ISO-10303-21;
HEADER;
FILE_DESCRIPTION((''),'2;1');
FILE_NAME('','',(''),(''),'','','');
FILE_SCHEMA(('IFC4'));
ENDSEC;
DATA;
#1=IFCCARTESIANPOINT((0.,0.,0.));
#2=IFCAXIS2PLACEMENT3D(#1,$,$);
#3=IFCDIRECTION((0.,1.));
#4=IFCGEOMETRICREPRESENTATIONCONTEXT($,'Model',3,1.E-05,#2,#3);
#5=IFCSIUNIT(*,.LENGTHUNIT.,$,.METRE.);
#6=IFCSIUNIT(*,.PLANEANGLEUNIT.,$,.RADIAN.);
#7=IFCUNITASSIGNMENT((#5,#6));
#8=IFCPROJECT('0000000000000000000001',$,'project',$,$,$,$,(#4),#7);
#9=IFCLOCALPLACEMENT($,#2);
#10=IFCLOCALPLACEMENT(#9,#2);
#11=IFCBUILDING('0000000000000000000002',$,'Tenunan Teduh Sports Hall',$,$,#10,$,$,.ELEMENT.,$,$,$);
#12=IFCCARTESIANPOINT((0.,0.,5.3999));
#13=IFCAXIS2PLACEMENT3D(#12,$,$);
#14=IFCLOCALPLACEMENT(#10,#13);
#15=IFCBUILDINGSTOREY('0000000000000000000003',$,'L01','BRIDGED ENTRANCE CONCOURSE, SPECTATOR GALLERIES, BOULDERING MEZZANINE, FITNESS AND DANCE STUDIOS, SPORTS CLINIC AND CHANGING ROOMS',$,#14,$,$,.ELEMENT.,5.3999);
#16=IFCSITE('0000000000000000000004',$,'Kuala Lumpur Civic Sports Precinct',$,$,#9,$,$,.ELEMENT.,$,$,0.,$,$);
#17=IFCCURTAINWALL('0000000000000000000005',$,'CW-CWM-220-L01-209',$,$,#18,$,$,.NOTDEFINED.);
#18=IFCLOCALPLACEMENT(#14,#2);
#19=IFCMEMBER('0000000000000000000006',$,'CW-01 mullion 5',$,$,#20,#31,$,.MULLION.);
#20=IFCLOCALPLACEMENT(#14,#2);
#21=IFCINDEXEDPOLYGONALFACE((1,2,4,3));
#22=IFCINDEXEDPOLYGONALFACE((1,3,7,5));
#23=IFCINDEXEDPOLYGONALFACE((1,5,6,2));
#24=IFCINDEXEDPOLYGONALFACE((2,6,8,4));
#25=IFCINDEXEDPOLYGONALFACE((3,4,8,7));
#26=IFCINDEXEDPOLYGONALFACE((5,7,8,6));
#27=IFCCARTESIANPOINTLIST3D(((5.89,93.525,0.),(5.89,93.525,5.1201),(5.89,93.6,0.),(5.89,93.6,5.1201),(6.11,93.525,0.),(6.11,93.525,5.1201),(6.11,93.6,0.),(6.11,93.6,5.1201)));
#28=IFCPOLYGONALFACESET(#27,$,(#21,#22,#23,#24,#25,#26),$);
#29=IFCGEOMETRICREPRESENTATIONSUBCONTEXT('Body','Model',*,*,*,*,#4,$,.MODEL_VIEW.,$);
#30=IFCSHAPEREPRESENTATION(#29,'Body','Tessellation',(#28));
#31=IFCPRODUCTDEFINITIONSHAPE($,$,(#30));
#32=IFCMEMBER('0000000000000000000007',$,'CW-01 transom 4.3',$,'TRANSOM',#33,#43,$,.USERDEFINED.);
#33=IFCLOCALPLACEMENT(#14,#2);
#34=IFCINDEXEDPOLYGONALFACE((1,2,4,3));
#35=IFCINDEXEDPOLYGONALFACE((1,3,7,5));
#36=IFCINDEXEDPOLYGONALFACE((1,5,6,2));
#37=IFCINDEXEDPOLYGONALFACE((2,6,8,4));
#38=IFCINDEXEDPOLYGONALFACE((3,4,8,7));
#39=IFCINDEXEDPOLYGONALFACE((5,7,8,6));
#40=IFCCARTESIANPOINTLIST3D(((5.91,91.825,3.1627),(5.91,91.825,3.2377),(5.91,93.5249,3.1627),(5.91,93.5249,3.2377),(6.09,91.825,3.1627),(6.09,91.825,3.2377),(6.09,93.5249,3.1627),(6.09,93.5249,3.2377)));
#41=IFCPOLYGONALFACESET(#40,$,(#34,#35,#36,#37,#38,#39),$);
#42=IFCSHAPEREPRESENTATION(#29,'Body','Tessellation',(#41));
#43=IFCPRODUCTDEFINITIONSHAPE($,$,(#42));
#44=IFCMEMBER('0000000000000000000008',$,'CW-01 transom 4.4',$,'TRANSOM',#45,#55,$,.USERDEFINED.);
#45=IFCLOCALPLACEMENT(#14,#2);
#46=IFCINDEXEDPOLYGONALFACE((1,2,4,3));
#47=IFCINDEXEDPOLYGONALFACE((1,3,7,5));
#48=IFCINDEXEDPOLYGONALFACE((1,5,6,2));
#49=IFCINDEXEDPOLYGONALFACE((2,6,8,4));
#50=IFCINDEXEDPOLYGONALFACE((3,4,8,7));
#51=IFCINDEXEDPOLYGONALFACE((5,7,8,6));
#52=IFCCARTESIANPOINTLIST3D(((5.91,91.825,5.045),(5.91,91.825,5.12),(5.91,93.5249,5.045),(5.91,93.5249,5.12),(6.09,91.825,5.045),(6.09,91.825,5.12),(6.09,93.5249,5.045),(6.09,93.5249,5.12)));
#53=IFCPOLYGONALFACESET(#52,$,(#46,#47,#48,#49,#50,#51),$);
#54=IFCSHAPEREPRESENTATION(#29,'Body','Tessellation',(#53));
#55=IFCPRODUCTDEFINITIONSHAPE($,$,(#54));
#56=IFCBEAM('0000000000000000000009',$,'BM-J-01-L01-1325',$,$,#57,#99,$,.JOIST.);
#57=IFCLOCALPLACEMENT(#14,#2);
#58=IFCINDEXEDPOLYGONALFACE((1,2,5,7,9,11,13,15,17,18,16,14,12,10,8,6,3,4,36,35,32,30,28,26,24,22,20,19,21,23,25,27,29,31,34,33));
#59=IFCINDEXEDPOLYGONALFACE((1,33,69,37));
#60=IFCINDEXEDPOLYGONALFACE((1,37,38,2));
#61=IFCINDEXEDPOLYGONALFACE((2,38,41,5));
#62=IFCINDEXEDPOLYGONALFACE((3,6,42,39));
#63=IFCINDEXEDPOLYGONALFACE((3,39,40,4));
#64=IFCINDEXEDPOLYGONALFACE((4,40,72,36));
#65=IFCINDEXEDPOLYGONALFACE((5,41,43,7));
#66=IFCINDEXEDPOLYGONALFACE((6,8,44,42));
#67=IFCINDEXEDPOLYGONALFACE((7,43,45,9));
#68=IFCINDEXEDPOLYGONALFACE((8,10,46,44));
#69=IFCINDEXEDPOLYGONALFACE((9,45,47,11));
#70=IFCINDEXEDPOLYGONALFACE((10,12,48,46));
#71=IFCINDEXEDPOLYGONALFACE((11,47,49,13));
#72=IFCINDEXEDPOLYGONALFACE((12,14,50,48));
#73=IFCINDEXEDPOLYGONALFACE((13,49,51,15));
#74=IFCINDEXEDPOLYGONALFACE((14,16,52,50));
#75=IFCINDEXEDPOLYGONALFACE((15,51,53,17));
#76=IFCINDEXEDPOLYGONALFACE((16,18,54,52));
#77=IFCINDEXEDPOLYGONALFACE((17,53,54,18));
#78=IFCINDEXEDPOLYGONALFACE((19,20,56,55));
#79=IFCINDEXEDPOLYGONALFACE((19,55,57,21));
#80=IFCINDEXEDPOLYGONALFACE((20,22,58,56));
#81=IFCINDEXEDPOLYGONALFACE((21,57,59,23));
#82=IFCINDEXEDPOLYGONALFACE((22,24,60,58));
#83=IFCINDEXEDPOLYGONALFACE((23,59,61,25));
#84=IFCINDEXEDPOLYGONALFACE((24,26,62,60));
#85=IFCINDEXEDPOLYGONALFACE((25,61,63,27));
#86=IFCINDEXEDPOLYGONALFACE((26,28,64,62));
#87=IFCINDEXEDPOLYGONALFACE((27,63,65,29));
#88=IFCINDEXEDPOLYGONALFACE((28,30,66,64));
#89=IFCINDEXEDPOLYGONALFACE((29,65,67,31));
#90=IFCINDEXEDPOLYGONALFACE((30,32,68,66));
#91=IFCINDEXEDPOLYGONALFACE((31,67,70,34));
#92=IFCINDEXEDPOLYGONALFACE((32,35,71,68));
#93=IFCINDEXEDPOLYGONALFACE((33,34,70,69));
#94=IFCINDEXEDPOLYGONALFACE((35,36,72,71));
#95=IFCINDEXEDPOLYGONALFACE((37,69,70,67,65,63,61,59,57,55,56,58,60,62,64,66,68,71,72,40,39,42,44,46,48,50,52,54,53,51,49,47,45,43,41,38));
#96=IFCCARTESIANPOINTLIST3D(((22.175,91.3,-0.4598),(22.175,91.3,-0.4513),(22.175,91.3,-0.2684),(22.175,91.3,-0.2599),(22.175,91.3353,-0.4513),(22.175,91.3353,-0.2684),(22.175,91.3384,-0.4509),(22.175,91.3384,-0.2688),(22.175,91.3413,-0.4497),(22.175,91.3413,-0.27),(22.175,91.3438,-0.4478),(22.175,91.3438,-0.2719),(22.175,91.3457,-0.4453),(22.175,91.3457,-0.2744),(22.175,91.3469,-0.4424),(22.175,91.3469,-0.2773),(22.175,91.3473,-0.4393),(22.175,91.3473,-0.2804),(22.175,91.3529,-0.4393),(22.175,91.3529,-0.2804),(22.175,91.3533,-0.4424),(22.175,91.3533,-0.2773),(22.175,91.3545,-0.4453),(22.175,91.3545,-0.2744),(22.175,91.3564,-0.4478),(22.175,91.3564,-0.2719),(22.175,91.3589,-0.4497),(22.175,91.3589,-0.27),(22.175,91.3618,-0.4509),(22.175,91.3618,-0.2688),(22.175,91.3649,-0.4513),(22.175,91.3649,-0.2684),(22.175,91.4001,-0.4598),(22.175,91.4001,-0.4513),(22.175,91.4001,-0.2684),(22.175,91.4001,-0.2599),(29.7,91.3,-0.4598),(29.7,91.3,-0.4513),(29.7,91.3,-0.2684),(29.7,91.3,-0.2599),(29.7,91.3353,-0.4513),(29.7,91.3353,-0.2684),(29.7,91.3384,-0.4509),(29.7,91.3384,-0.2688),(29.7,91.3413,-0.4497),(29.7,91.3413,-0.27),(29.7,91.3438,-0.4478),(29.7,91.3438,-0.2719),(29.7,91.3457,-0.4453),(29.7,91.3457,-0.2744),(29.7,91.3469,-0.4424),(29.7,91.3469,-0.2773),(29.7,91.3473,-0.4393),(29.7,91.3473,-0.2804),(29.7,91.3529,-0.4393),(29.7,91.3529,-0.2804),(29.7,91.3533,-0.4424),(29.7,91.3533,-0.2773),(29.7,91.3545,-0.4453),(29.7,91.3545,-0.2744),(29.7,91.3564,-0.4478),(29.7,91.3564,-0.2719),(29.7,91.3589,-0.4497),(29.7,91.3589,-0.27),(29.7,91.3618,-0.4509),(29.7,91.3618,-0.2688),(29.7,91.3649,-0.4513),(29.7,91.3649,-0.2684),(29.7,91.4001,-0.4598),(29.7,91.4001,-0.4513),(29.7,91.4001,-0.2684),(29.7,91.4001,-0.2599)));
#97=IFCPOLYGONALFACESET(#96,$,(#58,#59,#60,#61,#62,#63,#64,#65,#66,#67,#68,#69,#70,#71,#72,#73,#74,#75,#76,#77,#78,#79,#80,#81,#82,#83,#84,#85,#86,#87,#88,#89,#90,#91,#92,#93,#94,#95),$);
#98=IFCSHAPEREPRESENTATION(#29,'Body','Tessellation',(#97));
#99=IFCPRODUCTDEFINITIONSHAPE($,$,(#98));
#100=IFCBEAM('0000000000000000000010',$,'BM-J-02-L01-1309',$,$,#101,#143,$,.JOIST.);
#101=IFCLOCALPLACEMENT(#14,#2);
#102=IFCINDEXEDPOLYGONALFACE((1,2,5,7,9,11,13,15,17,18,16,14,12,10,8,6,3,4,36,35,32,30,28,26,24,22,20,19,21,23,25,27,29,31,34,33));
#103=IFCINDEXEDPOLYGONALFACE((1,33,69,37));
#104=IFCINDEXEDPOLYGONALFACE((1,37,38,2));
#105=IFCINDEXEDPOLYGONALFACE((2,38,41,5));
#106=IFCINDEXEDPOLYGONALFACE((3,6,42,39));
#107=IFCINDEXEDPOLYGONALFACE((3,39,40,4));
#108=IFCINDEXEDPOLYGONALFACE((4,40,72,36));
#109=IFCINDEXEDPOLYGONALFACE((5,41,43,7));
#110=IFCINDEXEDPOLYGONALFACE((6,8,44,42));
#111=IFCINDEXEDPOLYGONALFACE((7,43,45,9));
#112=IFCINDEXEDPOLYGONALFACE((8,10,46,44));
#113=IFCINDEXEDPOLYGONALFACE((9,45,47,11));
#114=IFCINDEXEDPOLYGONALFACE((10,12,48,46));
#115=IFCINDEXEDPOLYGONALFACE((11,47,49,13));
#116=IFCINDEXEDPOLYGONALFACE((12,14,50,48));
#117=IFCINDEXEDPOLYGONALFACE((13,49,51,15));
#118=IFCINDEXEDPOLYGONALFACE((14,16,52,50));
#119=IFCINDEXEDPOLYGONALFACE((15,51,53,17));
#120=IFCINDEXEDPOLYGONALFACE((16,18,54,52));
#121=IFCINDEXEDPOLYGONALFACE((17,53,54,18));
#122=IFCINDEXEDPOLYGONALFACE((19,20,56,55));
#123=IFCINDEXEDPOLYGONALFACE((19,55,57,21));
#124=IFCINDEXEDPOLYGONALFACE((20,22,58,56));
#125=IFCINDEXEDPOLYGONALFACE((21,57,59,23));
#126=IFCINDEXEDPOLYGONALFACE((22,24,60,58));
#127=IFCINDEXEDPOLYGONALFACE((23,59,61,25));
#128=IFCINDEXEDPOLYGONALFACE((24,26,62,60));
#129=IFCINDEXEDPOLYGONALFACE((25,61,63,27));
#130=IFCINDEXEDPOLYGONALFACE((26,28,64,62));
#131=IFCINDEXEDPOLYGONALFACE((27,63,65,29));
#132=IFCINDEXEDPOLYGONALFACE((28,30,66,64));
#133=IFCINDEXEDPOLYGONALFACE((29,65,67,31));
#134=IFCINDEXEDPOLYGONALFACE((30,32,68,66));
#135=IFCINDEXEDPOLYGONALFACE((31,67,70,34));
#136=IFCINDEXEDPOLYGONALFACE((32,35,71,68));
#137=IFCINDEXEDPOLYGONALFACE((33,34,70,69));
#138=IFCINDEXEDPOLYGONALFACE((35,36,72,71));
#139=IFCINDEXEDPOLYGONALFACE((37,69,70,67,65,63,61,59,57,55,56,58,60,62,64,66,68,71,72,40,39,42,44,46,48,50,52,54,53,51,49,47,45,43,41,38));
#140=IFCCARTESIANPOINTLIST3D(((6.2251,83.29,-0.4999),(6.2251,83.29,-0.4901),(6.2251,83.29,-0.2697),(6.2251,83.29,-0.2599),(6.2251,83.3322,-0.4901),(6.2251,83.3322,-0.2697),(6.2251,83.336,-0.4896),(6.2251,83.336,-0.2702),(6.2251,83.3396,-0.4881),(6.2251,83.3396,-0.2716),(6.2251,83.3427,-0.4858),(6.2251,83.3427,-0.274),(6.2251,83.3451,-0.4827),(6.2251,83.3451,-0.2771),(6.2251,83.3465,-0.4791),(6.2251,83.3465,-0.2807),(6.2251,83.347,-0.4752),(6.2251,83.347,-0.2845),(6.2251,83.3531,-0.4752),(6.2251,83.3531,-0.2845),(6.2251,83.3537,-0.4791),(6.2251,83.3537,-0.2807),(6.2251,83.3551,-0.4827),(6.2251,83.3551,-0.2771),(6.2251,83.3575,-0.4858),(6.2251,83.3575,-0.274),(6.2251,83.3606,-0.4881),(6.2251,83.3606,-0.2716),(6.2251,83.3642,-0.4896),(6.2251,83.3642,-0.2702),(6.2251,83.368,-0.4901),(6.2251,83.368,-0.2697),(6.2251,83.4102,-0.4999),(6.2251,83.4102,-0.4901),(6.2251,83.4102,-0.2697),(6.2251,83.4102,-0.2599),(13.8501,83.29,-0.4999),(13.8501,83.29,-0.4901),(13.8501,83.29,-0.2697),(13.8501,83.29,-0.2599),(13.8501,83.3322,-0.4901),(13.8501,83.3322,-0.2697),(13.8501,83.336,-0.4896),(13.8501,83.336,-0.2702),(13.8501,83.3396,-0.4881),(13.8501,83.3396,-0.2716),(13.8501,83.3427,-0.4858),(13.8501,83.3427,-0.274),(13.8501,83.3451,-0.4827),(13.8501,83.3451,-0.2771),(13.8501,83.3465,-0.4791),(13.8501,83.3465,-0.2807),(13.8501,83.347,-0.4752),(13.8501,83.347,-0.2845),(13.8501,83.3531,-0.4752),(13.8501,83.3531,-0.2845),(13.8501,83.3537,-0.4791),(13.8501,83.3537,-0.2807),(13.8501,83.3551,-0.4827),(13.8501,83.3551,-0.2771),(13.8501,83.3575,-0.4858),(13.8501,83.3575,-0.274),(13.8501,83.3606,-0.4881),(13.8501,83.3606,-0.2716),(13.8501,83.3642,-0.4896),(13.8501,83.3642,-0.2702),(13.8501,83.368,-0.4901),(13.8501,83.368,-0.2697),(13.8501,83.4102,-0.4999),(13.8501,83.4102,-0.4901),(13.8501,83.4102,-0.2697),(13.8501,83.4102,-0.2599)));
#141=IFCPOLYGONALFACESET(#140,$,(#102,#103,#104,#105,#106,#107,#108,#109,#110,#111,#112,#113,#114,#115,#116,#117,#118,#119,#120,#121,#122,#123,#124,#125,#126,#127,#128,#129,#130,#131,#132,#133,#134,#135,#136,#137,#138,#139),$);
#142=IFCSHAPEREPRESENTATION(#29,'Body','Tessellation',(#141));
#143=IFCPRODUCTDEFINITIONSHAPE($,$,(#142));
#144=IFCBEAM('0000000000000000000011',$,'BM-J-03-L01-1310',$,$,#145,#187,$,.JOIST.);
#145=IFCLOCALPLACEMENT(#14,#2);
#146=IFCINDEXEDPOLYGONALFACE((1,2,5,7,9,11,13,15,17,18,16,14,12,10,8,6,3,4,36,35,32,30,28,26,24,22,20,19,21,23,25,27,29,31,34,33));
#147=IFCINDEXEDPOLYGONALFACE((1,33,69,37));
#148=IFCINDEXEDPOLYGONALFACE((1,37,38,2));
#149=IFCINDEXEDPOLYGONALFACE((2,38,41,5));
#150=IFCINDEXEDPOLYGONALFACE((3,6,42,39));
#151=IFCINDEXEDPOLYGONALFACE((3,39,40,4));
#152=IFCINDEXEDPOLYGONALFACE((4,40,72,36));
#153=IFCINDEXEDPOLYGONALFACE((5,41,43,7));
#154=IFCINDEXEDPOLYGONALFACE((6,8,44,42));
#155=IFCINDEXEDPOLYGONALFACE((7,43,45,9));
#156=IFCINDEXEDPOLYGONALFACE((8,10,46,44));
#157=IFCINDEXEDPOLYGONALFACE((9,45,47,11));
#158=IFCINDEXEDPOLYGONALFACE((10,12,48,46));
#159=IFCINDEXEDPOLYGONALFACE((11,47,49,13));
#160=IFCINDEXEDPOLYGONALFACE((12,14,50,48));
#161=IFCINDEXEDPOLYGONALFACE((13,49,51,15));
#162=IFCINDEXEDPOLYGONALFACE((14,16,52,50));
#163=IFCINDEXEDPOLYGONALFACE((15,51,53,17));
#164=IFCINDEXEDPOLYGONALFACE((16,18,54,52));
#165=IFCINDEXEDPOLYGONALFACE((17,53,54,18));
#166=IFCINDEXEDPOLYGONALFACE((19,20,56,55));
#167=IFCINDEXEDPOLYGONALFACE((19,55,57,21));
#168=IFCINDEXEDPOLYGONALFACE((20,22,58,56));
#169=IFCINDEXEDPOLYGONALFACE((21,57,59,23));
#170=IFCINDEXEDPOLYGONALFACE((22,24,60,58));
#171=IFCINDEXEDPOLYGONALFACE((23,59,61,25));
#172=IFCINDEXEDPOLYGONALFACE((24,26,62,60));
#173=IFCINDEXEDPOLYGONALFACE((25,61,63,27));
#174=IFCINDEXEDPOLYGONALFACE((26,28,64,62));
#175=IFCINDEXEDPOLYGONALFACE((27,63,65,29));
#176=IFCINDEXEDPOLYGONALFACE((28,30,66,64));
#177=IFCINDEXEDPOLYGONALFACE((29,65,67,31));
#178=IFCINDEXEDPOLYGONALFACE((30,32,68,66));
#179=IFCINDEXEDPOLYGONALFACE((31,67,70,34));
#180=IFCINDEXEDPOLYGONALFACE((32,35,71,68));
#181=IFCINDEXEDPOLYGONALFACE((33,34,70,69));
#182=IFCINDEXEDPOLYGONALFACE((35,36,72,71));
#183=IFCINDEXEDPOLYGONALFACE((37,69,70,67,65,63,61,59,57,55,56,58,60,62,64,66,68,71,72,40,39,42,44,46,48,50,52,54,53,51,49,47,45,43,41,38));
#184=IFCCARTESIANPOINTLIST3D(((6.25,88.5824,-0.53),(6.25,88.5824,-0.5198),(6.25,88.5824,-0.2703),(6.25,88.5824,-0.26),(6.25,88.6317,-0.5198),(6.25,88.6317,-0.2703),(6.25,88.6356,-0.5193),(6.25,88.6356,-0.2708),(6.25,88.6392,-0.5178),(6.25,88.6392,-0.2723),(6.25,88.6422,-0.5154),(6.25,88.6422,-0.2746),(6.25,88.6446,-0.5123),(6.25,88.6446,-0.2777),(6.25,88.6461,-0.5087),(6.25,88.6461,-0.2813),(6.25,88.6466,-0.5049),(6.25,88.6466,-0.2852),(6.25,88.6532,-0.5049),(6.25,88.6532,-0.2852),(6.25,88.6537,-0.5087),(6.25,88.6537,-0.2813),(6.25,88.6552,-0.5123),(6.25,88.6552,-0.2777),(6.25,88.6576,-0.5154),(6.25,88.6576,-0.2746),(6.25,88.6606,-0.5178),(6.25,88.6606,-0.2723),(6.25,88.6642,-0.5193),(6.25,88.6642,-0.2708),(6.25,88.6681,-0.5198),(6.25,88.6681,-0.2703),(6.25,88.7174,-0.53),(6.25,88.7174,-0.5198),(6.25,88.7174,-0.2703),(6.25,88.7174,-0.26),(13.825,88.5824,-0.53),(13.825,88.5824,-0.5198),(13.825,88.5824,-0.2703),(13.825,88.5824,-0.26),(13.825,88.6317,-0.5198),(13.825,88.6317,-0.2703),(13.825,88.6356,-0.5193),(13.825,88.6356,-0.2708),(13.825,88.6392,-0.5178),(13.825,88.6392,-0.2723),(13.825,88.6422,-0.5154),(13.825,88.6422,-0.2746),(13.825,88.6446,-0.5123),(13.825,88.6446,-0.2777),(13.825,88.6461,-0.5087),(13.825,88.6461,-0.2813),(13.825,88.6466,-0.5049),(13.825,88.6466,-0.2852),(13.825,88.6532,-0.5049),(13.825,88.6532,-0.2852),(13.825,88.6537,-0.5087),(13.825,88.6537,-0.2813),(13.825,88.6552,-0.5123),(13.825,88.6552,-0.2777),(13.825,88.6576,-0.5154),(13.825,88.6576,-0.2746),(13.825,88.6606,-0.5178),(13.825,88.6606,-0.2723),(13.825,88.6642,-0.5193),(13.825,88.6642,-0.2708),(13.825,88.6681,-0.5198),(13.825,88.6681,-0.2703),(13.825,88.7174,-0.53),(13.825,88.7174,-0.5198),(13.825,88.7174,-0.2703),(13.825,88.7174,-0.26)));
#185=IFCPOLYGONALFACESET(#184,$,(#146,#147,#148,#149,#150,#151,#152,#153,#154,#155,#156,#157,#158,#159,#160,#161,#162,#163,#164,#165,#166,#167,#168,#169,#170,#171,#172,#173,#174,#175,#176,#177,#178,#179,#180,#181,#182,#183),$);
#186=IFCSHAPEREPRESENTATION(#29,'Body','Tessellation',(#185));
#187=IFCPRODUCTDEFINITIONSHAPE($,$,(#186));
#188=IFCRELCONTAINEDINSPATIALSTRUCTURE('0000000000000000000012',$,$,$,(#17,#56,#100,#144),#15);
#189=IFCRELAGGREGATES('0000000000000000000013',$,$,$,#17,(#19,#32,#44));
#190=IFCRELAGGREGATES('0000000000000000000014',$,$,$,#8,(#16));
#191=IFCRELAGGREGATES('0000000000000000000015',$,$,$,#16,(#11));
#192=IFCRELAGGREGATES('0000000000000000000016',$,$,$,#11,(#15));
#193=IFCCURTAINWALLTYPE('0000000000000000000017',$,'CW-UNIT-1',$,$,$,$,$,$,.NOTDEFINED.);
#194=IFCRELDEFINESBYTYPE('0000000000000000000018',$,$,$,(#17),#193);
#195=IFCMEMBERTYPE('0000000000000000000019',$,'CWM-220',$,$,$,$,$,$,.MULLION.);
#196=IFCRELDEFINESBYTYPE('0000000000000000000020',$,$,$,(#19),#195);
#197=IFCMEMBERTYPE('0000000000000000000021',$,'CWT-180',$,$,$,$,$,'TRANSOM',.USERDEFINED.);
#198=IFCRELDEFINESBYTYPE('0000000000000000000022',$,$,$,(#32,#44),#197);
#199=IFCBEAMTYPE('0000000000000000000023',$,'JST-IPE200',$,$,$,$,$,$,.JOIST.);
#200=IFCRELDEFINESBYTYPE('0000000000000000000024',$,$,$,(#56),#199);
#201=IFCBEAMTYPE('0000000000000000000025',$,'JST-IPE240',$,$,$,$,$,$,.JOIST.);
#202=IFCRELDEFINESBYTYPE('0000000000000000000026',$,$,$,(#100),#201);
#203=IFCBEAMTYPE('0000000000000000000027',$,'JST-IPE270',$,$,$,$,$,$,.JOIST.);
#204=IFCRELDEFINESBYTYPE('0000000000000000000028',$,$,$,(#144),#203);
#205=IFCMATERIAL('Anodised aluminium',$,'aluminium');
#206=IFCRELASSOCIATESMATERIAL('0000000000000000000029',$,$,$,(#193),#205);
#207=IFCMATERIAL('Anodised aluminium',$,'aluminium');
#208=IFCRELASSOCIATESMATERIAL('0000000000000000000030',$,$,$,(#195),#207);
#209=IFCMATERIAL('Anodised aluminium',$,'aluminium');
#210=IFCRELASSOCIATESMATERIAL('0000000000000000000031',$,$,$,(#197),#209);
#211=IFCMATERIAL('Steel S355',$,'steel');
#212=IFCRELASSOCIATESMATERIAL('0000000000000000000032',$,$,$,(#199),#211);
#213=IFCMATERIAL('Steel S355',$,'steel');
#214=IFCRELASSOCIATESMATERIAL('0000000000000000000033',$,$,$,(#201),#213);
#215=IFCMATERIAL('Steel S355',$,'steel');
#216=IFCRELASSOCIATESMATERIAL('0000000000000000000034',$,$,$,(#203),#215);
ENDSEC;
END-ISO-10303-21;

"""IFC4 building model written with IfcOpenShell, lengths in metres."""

from ifc_helpers import new_model, si_unit, direction, frame, origin, origin_2d, place, context, subcontext, project, spatial, rectangle, i_section, extrude, material, material_profile, profile_set, type_object, element, aggregate, save


model = new_model("IFC4")

# Units and contexts
model_context = context("Model", 3, precision=1e-05, world=origin(), true_north=direction((0.0, 1.0)))
body_context = subcontext(model_context, "Body", "Model", "MODEL_VIEW")
ifc_project = project(units=[si_unit("LENGTHUNIT", "METRE"), si_unit("PLANEANGLEUNIT", "RADIAN")], contexts=[model_context])

# Site, building, storey
site_placement = place(None, origin())
site = spatial("IfcSite", under=ifc_project, at=site_placement, Name="Kuala Lumpur Civic Sports Precinct", CompositionType="ELEMENT", RefElevation=0.0)
building_placement = place(site_placement, origin())
building = spatial("IfcBuilding", under=site, at=building_placement, Name="Tenunan Teduh Sports Hall", CompositionType="ELEMENT")
storey_placement = place(building_placement, frame((0.0, 0.0, 5.3999)))
storey = spatial("IfcBuildingStorey", under=building, at=storey_placement, Name="L01", Description="BRIDGED ENTRANCE CONCOURSE, SPECTATOR GALLERIES, BOULDERING MEZZANINE, FITNESS AND DANCE STUDIOS, SPORTS CLINIC AND CHANGING ROOMS", CompositionType="ELEMENT", Elevation=5.3999)

# Curtain wall, members
ifc_material_1 = material(Name="Anodised aluminium", Category="aluminium")
curtain_wall_type = type_object("IfcCurtainWallType", Name="CW-UNIT-1", PredefinedType="NOTDEFINED", material=ifc_material_1)
curtain_wall_placement = place(storey_placement, origin())
curtain_wall = element("IfcCurtainWall", 1, at=curtain_wall_placement, inside=storey, type_object=curtain_wall_type, Name="CW-CWM-220-L01-209", PredefinedType="NOTDEFINED")
ifc_material_2 = material(Name="Anodised aluminium", Category="aluminium")
ifc_material_profile_1 = material_profile(ifc_material_2, rectangle(XDim=0.075, YDim=0.22, at=origin_2d()), Name="CWM 75x220")
ifc_profile_set_1 = profile_set([ifc_material_profile_1], Name="Anodised aluminium")
member_type_1 = type_object("IfcMemberType", Name="CWM-220", PredefinedType="MULLION", material=ifc_profile_set_1)
member_1_placement = place(storey_placement, frame((6.0, 93.5625, 0.0), z_axis=(0.0, 0.0, 1.0), x_axis=(0.0, 1.0, 0.0)))
member_1 = element("IfcMember", 2, at=member_1_placement, type_object=member_type_1, Name="CW-01 mullion 5", PredefinedType="MULLION", context=body_context, shape_type="SweptSolid", body=[
    extrude(rectangle(XDim=0.075, YDim=0.22, at=origin_2d()), origin(), (0.0, 0.0, 1.0), 5.1201),
])
ifc_material_3 = material(Name="Anodised aluminium", Category="aluminium")
ifc_material_profile_2 = material_profile(ifc_material_3, rectangle(XDim=0.075, YDim=0.1799, at=origin_2d()), Name="CWT 75x180")
ifc_profile_set_2 = profile_set([ifc_material_profile_2], Name="Anodised aluminium")
member_type_2 = type_object("IfcMemberType", Name="CWT-180", ElementType="TRANSOM", PredefinedType="USERDEFINED", material=ifc_profile_set_2)
member_2_placement = place(storey_placement, frame((6.0, 91.825, 3.2002), z_axis=(0.0, 1.0, 0.0), x_axis=(0.0, 0.0, 1.0)))
member_2 = element("IfcMember", 3, at=member_2_placement, type_object=member_type_2, Name="CW-01 transom 4.3", ObjectType="TRANSOM", PredefinedType="USERDEFINED", context=body_context, shape_type="SweptSolid", body=[
    extrude(rectangle(XDim=0.075, YDim=0.1799, at=origin_2d()), origin(), (0.0, 0.0, 1.0), 1.7),
])
member_3_placement = place(storey_placement, frame((6.0, 91.825, 5.0825), z_axis=(0.0, 1.0, 0.0), x_axis=(0.0, 0.0, 1.0)))
member_3 = element("IfcMember", 4, at=member_3_placement, type_object=member_type_2, Name="CW-01 transom 4.4", ObjectType="TRANSOM", PredefinedType="USERDEFINED", context=body_context, shape_type="SweptSolid", body=[
    extrude(rectangle(XDim=0.075, YDim=0.1799, at=origin_2d()), origin(), (0.0, 0.0, 1.0), 1.7),
])

# Beams
ifc_material_4 = material(Name="Steel S355", Category="steel")
ifc_material_profile_3 = material_profile(ifc_material_4, i_section(OverallWidth=0.1001, OverallDepth=0.2, WebThickness=0.0056, FlangeThickness=0.0085, FilletRadius=0.012, at=origin_2d()), Name="IPE 200")
ifc_profile_set_3 = profile_set([ifc_material_profile_3], Name="Steel S355")
beam_type_1 = type_object("IfcBeamType", Name="JST-IPE200", PredefinedType="JOIST", material=ifc_profile_set_3)
beam_1_placement = place(storey_placement, frame((22.175, 91.3501, -0.3599), z_axis=(1.0, 0.0, 0.0), x_axis=(0.0, 1.0, 0.0)))
element("IfcBeam", 5, at=beam_1_placement, inside=storey, type_object=beam_type_1, Name="BM-J-01-L01-1325", PredefinedType="JOIST", context=body_context, shape_type="SweptSolid", body=[
    extrude(i_section(OverallWidth=0.1001, OverallDepth=0.2, WebThickness=0.0056, FlangeThickness=0.0085, FilletRadius=0.012, at=origin_2d()), origin(), (0.0, 0.0, 1.0), 7.5249),
])
ifc_material_5 = material(Name="Steel S355", Category="steel")
ifc_material_profile_4 = material_profile(ifc_material_5, i_section(OverallWidth=0.1201, OverallDepth=0.24, WebThickness=0.0061, FlangeThickness=0.0098, FilletRadius=0.0149, at=origin_2d()), Name="IPE 240")
ifc_profile_set_4 = profile_set([ifc_material_profile_4], Name="Steel S355")
beam_type_2 = type_object("IfcBeamType", Name="JST-IPE240", PredefinedType="JOIST", material=ifc_profile_set_4)
beam_2_placement = place(storey_placement, frame((6.2251, 83.3501, -0.3799), z_axis=(1.0, 0.0, 0.0), x_axis=(0.0, 1.0, 0.0)))
element("IfcBeam", 6, at=beam_2_placement, inside=storey, type_object=beam_type_2, Name="BM-J-02-L01-1309", PredefinedType="JOIST", context=body_context, shape_type="SweptSolid", body=[
    extrude(i_section(OverallWidth=0.1201, OverallDepth=0.24, WebThickness=0.0061, FlangeThickness=0.0098, FilletRadius=0.0149, at=origin_2d()), origin(), (0.0, 0.0, 1.0), 7.625),
])
ifc_material_6 = material(Name="Steel S355", Category="steel")
ifc_material_profile_5 = material_profile(ifc_material_6, i_section(OverallWidth=0.135, OverallDepth=0.27, WebThickness=0.0066, FlangeThickness=0.0103, FilletRadius=0.0149, at=origin_2d()), Name="IPE 270")
ifc_profile_set_5 = profile_set([ifc_material_profile_5], Name="Steel S355")
beam_type_3 = type_object("IfcBeamType", Name="JST-IPE270", PredefinedType="JOIST", material=ifc_profile_set_5)
beam_3_placement = place(storey_placement, frame((6.25, 88.6499, -0.395), z_axis=(1.0, 0.0, 0.0), x_axis=(0.0, 1.0, 0.0)))
element("IfcBeam", 7, at=beam_3_placement, inside=storey, type_object=beam_type_3, Name="BM-J-03-L01-1310", PredefinedType="JOIST", context=body_context, shape_type="SweptSolid", body=[
    extrude(i_section(OverallWidth=0.135, OverallDepth=0.27, WebThickness=0.0066, FlangeThickness=0.0103, FilletRadius=0.0149, at=origin_2d()), origin(), (0.0, 0.0, 1.0), 7.575),
])

aggregate(curtain_wall, [member_1, member_2, member_3])

save(model, "model.ifc")
